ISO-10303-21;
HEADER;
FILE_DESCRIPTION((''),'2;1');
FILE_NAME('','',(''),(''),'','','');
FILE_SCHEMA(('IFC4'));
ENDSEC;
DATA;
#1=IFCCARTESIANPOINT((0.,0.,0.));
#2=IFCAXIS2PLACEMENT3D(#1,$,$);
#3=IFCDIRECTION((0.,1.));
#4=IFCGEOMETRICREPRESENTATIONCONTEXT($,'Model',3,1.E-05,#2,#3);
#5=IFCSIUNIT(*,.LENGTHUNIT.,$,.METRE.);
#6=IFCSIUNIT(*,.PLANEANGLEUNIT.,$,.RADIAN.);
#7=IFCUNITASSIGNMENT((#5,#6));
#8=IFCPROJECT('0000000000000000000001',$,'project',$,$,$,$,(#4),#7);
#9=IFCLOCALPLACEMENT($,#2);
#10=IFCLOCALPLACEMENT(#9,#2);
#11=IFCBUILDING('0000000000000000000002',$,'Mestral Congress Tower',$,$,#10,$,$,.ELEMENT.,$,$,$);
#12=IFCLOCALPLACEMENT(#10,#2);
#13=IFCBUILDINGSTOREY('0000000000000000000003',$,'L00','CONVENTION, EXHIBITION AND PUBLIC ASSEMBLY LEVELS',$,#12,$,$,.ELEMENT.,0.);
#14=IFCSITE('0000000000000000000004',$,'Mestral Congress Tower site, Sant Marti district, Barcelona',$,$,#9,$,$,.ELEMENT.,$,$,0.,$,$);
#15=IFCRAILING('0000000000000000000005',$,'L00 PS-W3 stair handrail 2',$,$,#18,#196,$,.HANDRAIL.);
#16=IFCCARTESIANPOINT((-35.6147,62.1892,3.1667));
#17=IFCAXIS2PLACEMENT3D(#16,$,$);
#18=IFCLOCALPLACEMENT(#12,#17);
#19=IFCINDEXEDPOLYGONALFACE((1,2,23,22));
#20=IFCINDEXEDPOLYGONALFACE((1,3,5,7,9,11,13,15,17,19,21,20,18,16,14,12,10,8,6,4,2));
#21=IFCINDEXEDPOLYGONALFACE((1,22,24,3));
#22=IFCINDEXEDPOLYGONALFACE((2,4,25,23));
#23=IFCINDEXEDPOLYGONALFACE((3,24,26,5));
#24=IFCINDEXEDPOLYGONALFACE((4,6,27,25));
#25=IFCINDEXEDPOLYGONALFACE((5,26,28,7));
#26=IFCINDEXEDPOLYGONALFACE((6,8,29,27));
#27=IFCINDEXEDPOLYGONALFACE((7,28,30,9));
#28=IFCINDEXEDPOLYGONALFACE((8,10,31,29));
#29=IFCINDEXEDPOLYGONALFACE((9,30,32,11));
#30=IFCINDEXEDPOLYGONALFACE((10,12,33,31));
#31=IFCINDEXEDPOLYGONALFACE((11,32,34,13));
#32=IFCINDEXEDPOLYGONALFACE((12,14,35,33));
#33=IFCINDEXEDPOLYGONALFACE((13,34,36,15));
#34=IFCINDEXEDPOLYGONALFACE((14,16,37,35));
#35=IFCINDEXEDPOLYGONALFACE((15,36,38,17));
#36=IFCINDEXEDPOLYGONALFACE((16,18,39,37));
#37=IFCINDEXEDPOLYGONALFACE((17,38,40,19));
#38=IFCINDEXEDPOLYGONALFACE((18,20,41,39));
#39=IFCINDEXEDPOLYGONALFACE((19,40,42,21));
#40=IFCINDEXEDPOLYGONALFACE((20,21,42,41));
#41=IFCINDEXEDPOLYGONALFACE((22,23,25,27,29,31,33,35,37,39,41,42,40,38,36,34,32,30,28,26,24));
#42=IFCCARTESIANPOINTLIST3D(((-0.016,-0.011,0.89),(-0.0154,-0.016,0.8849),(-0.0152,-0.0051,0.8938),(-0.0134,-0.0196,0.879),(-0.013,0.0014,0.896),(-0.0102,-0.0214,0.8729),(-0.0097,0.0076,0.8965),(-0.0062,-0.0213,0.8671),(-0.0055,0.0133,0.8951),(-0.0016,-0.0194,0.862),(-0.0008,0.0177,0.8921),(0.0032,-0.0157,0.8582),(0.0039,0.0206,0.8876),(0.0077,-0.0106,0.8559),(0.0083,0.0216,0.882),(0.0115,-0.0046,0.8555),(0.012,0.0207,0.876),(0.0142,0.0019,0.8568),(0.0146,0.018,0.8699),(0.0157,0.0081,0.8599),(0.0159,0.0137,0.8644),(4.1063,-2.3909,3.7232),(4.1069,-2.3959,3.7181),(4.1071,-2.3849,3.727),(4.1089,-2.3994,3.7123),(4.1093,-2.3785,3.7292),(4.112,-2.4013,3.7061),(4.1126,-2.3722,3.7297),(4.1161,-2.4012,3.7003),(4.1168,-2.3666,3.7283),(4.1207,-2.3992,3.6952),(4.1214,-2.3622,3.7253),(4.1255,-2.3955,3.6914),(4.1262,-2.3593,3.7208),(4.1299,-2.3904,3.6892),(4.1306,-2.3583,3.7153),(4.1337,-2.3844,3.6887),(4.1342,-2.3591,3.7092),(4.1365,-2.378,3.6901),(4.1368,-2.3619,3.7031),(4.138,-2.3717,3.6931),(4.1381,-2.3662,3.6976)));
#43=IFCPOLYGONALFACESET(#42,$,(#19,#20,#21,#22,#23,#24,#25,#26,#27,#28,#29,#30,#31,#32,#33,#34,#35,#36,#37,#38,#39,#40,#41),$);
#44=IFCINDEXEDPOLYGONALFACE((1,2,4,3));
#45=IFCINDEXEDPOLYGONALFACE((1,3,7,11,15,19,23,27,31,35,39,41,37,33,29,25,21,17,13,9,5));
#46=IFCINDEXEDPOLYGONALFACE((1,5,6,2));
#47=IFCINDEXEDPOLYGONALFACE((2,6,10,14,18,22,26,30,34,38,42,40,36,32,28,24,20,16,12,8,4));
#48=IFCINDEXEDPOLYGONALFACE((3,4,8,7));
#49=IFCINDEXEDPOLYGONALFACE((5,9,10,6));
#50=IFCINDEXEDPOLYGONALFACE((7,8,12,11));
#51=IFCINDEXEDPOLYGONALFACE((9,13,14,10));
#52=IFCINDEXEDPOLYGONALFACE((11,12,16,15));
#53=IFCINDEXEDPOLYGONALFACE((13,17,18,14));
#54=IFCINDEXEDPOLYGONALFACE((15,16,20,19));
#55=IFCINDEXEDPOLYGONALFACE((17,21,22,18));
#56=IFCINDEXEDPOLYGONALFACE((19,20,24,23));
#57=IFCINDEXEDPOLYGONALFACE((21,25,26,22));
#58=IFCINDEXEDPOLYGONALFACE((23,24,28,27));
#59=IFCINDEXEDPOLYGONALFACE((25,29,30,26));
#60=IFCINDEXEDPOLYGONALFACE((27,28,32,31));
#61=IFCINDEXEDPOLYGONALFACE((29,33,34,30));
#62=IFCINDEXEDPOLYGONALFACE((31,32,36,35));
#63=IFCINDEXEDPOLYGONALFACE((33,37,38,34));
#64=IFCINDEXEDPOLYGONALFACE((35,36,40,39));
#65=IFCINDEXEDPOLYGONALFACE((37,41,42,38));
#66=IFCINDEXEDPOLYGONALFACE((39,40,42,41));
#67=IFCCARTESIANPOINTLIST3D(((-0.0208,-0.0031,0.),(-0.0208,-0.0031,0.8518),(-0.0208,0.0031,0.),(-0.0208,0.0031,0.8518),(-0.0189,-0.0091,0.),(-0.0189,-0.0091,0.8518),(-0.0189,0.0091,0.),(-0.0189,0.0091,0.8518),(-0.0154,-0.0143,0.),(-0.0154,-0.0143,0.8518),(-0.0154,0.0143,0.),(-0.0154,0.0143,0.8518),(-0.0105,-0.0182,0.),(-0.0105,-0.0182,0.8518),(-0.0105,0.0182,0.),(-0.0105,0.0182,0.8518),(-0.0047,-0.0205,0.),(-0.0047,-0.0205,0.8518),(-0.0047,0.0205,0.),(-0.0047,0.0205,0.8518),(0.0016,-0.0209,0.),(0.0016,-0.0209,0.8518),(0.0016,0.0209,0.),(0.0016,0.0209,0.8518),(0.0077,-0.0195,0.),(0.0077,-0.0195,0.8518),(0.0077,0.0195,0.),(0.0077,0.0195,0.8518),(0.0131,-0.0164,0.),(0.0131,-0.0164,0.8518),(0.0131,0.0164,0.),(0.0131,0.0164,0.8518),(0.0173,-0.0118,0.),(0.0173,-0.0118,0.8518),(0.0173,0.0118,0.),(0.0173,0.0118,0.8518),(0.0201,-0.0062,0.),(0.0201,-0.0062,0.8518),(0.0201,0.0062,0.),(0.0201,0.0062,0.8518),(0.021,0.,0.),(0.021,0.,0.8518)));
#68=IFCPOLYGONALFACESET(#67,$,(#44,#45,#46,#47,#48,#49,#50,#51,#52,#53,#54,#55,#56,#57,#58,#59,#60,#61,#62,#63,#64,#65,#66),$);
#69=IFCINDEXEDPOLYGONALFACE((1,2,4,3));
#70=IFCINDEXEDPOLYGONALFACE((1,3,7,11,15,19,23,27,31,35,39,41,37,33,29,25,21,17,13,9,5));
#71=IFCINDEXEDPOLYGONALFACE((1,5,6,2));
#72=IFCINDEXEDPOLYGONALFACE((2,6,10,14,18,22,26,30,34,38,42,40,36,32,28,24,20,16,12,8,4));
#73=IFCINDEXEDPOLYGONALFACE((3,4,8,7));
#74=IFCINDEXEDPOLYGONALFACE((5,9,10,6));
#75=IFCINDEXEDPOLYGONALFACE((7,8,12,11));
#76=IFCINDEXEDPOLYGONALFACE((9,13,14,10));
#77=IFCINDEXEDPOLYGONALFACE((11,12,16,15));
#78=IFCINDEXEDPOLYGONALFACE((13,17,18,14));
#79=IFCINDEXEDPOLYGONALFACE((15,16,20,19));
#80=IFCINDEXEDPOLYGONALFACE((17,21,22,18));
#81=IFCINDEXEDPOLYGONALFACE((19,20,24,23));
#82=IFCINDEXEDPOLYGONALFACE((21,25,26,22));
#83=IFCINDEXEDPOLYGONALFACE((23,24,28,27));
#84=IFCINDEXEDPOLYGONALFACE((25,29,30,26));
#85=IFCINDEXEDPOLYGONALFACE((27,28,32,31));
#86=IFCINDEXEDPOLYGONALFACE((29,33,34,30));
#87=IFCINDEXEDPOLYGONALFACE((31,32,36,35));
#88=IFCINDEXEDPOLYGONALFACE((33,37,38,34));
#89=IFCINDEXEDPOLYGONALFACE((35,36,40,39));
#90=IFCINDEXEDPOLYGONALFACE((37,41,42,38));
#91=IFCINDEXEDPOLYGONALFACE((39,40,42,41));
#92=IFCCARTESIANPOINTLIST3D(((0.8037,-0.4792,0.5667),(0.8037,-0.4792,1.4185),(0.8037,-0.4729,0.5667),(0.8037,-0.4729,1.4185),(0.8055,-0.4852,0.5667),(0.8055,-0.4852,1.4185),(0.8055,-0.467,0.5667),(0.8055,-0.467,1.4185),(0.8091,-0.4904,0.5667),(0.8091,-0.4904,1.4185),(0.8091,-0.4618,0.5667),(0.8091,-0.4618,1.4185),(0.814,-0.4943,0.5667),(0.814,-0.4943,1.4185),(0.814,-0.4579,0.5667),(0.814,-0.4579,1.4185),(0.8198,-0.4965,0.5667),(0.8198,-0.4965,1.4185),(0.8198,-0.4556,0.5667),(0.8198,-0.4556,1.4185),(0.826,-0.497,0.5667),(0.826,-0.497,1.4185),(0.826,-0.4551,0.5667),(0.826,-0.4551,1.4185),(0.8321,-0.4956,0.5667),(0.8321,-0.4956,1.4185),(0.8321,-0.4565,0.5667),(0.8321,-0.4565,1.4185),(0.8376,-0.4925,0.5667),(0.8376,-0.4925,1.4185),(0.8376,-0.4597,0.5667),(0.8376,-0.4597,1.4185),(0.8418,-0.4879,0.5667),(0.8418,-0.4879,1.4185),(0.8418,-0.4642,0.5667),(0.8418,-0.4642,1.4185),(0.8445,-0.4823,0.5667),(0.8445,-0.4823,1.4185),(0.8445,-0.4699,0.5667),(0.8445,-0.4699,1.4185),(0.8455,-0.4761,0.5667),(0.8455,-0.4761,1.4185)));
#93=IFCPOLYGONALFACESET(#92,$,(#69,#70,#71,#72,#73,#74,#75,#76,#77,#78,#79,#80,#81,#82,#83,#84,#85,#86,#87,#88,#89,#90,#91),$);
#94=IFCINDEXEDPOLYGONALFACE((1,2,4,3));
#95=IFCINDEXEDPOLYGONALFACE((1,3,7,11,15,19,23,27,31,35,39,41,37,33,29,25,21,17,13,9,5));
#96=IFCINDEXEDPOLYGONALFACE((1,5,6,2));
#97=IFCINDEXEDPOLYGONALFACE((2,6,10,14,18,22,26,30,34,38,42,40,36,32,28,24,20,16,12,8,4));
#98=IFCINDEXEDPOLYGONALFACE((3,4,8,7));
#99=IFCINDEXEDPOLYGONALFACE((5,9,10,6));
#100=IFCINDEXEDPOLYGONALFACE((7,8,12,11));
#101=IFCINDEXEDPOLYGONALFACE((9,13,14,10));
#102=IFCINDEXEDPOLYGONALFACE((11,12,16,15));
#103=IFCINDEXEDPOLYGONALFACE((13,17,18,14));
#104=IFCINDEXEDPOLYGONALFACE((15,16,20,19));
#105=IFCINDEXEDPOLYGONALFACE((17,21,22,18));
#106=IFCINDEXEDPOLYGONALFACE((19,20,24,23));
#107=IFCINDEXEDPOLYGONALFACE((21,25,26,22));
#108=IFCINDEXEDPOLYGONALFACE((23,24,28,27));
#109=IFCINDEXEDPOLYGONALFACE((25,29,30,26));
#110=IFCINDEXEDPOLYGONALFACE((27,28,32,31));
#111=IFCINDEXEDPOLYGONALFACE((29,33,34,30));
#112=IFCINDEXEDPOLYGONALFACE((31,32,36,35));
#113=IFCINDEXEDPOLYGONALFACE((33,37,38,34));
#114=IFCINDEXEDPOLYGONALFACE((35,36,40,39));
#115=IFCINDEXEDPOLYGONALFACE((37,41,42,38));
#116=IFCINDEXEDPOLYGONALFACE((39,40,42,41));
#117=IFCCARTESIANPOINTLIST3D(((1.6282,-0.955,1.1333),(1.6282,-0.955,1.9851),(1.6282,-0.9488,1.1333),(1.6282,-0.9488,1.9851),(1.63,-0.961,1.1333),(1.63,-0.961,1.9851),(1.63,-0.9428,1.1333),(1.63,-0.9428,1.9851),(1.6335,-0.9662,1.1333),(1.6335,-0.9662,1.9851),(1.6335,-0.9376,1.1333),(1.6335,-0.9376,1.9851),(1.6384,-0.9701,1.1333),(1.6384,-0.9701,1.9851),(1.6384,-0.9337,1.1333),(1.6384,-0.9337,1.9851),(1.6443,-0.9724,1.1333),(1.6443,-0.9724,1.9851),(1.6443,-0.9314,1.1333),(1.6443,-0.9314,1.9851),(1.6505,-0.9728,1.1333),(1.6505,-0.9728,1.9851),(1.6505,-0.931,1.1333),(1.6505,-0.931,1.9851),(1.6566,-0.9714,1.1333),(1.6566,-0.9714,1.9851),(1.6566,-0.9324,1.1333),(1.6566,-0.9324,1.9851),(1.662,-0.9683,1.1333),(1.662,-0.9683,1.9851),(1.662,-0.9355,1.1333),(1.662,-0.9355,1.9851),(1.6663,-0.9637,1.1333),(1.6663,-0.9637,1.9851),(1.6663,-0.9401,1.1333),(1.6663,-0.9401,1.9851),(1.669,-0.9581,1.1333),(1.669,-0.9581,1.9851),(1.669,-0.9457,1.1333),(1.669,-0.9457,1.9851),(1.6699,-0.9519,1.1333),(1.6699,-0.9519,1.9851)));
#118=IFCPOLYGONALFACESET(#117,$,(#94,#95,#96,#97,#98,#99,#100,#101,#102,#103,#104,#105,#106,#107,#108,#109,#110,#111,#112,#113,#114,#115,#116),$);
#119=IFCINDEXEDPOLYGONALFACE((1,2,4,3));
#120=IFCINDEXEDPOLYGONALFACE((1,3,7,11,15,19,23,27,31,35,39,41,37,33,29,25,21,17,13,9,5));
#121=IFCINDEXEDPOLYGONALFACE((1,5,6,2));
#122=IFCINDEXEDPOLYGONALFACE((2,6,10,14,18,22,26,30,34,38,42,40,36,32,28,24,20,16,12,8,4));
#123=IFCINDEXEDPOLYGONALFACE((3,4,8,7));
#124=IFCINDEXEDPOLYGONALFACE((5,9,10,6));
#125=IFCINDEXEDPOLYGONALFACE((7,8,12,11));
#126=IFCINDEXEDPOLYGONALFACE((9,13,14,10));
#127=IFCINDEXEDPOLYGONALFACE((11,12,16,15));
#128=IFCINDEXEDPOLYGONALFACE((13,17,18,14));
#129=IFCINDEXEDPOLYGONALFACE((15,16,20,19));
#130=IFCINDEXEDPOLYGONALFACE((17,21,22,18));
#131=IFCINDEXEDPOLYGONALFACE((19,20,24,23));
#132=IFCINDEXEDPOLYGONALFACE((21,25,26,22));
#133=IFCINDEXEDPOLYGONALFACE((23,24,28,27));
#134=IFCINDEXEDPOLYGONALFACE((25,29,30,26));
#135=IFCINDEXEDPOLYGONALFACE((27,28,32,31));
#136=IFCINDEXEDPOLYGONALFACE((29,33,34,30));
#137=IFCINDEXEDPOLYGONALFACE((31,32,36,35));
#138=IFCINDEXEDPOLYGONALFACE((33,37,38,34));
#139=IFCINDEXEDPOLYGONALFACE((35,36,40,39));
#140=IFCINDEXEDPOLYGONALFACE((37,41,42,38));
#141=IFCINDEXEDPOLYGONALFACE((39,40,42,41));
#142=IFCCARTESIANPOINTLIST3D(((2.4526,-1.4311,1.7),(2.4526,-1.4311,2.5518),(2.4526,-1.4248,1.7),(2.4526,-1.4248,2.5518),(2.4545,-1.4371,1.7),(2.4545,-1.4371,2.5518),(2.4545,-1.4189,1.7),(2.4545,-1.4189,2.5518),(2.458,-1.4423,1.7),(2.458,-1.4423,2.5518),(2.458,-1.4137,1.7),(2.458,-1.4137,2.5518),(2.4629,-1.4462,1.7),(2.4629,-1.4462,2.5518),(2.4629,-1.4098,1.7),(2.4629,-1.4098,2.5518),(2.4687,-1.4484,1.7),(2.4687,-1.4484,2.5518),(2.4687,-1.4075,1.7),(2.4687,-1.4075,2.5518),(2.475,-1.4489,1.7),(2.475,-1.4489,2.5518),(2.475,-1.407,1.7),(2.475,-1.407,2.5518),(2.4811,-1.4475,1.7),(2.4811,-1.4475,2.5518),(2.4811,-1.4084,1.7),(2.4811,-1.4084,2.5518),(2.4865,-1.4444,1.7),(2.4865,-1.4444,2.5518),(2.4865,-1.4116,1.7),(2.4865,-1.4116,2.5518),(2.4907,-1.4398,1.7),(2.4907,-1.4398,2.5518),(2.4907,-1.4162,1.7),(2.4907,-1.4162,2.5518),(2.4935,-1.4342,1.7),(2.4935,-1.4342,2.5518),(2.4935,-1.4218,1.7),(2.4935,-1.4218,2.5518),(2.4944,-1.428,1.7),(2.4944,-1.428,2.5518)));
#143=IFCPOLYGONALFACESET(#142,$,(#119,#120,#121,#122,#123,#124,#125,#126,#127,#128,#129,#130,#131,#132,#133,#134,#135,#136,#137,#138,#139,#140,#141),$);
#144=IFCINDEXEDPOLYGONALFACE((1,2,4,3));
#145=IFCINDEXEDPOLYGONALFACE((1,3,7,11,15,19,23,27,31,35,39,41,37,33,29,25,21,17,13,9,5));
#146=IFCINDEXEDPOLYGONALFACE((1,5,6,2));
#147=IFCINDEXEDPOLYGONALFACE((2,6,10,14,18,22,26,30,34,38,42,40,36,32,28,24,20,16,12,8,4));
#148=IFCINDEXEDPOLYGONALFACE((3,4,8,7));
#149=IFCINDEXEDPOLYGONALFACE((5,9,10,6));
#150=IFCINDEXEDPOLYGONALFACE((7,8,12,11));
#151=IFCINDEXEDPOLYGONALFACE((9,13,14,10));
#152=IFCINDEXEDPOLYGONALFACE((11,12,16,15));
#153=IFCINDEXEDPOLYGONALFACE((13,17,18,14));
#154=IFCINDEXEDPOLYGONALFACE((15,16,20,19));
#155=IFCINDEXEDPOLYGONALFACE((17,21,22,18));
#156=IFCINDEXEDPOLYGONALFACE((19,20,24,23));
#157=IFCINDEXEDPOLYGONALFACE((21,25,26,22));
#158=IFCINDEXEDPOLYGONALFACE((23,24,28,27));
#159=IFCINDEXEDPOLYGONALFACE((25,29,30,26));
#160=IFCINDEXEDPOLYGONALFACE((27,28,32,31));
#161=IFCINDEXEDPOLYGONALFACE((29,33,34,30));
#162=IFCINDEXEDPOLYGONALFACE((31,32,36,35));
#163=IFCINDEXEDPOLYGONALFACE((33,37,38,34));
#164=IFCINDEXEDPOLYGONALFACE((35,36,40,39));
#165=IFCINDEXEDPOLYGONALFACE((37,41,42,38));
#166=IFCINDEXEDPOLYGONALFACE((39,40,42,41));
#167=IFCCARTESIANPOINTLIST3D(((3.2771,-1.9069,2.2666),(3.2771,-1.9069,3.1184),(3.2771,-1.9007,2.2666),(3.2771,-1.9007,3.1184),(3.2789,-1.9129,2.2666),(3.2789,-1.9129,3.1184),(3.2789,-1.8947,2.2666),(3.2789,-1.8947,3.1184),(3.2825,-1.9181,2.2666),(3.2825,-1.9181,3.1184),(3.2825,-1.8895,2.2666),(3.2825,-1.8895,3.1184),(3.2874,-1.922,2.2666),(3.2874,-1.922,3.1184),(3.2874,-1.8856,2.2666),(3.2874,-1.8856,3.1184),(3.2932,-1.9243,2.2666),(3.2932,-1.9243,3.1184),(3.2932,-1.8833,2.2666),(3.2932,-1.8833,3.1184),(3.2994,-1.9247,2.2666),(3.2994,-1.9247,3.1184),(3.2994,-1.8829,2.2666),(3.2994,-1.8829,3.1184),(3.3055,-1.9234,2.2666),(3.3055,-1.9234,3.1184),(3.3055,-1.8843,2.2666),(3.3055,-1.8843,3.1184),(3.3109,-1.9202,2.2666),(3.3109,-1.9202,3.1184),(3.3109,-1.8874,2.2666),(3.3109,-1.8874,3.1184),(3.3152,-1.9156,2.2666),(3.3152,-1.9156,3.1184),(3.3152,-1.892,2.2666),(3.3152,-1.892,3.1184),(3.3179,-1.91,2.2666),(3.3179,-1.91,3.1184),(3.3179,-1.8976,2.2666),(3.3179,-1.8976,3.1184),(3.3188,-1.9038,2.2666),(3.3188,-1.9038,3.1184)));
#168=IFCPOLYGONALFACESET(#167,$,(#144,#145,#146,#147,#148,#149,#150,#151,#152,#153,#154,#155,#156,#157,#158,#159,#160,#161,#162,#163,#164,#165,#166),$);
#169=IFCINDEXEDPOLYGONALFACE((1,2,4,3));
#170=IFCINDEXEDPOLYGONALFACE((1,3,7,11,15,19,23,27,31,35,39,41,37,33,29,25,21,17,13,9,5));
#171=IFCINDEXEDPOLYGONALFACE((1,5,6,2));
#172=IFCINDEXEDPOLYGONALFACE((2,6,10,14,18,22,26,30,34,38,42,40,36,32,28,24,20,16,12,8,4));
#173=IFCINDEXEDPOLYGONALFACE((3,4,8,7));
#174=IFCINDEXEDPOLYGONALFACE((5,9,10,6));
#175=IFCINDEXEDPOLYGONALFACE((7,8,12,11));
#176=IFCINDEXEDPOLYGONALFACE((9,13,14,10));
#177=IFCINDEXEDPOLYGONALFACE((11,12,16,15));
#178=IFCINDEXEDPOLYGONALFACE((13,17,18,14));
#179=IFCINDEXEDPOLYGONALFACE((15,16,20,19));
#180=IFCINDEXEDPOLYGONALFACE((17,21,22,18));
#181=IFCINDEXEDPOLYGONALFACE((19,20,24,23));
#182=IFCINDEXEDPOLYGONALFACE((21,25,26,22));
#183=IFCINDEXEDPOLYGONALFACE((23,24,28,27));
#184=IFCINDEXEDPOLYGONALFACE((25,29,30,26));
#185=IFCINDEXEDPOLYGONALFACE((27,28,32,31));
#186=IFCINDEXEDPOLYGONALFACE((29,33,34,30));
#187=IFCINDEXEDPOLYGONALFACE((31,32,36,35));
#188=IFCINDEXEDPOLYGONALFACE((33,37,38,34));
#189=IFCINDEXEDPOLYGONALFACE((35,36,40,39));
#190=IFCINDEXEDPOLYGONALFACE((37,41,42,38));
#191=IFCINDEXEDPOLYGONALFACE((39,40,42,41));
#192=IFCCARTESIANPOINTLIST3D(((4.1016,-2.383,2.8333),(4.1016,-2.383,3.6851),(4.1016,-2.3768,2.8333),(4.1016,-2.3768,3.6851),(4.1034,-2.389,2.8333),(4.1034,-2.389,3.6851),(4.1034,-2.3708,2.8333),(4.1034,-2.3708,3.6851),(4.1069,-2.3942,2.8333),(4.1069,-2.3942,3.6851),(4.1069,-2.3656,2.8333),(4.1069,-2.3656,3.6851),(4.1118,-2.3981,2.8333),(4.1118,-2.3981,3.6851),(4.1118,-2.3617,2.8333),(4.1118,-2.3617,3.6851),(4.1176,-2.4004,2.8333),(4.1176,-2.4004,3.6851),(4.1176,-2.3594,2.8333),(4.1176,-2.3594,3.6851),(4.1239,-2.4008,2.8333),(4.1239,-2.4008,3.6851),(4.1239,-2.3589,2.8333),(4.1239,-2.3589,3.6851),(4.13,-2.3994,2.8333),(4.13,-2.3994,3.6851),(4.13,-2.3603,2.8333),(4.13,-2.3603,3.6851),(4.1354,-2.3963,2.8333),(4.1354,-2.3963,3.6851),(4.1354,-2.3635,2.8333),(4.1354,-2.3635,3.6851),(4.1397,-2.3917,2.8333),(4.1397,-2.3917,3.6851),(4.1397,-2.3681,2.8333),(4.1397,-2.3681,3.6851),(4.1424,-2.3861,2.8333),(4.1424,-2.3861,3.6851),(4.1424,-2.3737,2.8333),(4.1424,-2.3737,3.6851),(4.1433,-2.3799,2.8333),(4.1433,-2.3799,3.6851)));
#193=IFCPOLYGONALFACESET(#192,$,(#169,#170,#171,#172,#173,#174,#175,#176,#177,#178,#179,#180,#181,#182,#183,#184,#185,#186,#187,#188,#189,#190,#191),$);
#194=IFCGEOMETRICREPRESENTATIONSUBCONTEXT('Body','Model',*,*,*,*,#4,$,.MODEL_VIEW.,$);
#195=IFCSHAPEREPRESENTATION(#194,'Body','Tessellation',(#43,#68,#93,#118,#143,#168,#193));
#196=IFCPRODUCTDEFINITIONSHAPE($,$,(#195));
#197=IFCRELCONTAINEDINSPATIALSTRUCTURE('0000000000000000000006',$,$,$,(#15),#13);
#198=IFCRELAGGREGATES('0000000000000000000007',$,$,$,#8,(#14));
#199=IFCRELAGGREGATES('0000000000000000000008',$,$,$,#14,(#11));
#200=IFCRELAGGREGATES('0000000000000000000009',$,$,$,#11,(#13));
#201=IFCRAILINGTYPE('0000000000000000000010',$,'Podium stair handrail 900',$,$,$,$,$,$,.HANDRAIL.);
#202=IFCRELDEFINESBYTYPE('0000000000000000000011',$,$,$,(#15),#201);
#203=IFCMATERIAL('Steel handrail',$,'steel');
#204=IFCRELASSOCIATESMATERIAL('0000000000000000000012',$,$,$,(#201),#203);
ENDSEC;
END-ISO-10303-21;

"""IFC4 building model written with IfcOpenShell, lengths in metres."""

from ifc_helpers import new_model, si_unit, direction, frame, origin, origin_2d, place, context, subcontext, project, spatial, circle, extrude, material, type_object, element, save


model = new_model("IFC4")

# Units and contexts
model_context = context("Model", 3, precision=1e-05, world=origin(), true_north=direction((0.0, 1.0)))
body_context = subcontext(model_context, "Body", "Model", "MODEL_VIEW")
ifc_project = project(units=[si_unit("LENGTHUNIT", "METRE"), si_unit("PLANEANGLEUNIT", "RADIAN")], contexts=[model_context])

# Site, building, storey
site_placement = place(None, origin())
site = spatial("IfcSite", under=ifc_project, at=site_placement, Name="Mestral Congress Tower site, Sant Marti district, Barcelona", CompositionType="ELEMENT", RefElevation=0.0)
building_placement = place(site_placement, origin())
building = spatial("IfcBuilding", under=site, at=building_placement, Name="Mestral Congress Tower", CompositionType="ELEMENT")
storey_placement = place(building_placement, origin())
storey = spatial("IfcBuildingStorey", under=building, at=storey_placement, Name="L00", Description="CONVENTION, EXHIBITION AND PUBLIC ASSEMBLY LEVELS", CompositionType="ELEMENT", Elevation=0.0)

# Railing
ifc_material_1 = material(Name="Steel handrail", Category="steel")
railing_type_1 = type_object("IfcRailingType", Name="Podium stair handrail 900", PredefinedType="HANDRAIL", material=ifc_material_1)
railing_1_placement = place(storey_placement, frame((-35.6147, 62.1892, 3.1667)))
element("IfcRailing", 1, at=railing_1_placement, inside=storey, type_object=railing_type_1, Name="L00 PS-W3 stair handrail 2", PredefinedType="HANDRAIL", context=body_context, shape_type="SweptSolid", body=[
    extrude(circle(Radius=0.0239, at=origin_2d()), frame((0.0, 0.0, 0.876), z_axis=(0.744185, -0.42963, 0.511475), x_axis=(0.499978, 0.866038, 0.0)), (0.0, 0.0, 1.0), 5.5393),
    extrude(circle(Radius=0.021, at=origin_2d()), origin(), (0.0, 0.0, 1.0), 0.8518),
    extrude(circle(Radius=0.021, at=origin_2d()), frame((0.8245, -0.4761, 0.5667)), (0.0, 0.0, 1.0), 0.8518),
    extrude(circle(Radius=0.021, at=origin_2d()), frame((1.6489, -0.9519, 1.1333)), (0.0, 0.0, 1.0), 0.8518),
    extrude(circle(Radius=0.021, at=origin_2d()), frame((2.4734, -1.428, 1.7)), (0.0, 0.0, 1.0), 0.8518),
    extrude(circle(Radius=0.021, at=origin_2d()), frame((3.2979, -1.9038, 2.2666)), (0.0, 0.0, 1.0), 0.8518),
    extrude(circle(Radius=0.021, at=origin_2d()), frame((4.1223, -2.3799, 2.8333)), (0.0, 0.0, 1.0), 0.8518),
])

save(model, "model.ifc")
